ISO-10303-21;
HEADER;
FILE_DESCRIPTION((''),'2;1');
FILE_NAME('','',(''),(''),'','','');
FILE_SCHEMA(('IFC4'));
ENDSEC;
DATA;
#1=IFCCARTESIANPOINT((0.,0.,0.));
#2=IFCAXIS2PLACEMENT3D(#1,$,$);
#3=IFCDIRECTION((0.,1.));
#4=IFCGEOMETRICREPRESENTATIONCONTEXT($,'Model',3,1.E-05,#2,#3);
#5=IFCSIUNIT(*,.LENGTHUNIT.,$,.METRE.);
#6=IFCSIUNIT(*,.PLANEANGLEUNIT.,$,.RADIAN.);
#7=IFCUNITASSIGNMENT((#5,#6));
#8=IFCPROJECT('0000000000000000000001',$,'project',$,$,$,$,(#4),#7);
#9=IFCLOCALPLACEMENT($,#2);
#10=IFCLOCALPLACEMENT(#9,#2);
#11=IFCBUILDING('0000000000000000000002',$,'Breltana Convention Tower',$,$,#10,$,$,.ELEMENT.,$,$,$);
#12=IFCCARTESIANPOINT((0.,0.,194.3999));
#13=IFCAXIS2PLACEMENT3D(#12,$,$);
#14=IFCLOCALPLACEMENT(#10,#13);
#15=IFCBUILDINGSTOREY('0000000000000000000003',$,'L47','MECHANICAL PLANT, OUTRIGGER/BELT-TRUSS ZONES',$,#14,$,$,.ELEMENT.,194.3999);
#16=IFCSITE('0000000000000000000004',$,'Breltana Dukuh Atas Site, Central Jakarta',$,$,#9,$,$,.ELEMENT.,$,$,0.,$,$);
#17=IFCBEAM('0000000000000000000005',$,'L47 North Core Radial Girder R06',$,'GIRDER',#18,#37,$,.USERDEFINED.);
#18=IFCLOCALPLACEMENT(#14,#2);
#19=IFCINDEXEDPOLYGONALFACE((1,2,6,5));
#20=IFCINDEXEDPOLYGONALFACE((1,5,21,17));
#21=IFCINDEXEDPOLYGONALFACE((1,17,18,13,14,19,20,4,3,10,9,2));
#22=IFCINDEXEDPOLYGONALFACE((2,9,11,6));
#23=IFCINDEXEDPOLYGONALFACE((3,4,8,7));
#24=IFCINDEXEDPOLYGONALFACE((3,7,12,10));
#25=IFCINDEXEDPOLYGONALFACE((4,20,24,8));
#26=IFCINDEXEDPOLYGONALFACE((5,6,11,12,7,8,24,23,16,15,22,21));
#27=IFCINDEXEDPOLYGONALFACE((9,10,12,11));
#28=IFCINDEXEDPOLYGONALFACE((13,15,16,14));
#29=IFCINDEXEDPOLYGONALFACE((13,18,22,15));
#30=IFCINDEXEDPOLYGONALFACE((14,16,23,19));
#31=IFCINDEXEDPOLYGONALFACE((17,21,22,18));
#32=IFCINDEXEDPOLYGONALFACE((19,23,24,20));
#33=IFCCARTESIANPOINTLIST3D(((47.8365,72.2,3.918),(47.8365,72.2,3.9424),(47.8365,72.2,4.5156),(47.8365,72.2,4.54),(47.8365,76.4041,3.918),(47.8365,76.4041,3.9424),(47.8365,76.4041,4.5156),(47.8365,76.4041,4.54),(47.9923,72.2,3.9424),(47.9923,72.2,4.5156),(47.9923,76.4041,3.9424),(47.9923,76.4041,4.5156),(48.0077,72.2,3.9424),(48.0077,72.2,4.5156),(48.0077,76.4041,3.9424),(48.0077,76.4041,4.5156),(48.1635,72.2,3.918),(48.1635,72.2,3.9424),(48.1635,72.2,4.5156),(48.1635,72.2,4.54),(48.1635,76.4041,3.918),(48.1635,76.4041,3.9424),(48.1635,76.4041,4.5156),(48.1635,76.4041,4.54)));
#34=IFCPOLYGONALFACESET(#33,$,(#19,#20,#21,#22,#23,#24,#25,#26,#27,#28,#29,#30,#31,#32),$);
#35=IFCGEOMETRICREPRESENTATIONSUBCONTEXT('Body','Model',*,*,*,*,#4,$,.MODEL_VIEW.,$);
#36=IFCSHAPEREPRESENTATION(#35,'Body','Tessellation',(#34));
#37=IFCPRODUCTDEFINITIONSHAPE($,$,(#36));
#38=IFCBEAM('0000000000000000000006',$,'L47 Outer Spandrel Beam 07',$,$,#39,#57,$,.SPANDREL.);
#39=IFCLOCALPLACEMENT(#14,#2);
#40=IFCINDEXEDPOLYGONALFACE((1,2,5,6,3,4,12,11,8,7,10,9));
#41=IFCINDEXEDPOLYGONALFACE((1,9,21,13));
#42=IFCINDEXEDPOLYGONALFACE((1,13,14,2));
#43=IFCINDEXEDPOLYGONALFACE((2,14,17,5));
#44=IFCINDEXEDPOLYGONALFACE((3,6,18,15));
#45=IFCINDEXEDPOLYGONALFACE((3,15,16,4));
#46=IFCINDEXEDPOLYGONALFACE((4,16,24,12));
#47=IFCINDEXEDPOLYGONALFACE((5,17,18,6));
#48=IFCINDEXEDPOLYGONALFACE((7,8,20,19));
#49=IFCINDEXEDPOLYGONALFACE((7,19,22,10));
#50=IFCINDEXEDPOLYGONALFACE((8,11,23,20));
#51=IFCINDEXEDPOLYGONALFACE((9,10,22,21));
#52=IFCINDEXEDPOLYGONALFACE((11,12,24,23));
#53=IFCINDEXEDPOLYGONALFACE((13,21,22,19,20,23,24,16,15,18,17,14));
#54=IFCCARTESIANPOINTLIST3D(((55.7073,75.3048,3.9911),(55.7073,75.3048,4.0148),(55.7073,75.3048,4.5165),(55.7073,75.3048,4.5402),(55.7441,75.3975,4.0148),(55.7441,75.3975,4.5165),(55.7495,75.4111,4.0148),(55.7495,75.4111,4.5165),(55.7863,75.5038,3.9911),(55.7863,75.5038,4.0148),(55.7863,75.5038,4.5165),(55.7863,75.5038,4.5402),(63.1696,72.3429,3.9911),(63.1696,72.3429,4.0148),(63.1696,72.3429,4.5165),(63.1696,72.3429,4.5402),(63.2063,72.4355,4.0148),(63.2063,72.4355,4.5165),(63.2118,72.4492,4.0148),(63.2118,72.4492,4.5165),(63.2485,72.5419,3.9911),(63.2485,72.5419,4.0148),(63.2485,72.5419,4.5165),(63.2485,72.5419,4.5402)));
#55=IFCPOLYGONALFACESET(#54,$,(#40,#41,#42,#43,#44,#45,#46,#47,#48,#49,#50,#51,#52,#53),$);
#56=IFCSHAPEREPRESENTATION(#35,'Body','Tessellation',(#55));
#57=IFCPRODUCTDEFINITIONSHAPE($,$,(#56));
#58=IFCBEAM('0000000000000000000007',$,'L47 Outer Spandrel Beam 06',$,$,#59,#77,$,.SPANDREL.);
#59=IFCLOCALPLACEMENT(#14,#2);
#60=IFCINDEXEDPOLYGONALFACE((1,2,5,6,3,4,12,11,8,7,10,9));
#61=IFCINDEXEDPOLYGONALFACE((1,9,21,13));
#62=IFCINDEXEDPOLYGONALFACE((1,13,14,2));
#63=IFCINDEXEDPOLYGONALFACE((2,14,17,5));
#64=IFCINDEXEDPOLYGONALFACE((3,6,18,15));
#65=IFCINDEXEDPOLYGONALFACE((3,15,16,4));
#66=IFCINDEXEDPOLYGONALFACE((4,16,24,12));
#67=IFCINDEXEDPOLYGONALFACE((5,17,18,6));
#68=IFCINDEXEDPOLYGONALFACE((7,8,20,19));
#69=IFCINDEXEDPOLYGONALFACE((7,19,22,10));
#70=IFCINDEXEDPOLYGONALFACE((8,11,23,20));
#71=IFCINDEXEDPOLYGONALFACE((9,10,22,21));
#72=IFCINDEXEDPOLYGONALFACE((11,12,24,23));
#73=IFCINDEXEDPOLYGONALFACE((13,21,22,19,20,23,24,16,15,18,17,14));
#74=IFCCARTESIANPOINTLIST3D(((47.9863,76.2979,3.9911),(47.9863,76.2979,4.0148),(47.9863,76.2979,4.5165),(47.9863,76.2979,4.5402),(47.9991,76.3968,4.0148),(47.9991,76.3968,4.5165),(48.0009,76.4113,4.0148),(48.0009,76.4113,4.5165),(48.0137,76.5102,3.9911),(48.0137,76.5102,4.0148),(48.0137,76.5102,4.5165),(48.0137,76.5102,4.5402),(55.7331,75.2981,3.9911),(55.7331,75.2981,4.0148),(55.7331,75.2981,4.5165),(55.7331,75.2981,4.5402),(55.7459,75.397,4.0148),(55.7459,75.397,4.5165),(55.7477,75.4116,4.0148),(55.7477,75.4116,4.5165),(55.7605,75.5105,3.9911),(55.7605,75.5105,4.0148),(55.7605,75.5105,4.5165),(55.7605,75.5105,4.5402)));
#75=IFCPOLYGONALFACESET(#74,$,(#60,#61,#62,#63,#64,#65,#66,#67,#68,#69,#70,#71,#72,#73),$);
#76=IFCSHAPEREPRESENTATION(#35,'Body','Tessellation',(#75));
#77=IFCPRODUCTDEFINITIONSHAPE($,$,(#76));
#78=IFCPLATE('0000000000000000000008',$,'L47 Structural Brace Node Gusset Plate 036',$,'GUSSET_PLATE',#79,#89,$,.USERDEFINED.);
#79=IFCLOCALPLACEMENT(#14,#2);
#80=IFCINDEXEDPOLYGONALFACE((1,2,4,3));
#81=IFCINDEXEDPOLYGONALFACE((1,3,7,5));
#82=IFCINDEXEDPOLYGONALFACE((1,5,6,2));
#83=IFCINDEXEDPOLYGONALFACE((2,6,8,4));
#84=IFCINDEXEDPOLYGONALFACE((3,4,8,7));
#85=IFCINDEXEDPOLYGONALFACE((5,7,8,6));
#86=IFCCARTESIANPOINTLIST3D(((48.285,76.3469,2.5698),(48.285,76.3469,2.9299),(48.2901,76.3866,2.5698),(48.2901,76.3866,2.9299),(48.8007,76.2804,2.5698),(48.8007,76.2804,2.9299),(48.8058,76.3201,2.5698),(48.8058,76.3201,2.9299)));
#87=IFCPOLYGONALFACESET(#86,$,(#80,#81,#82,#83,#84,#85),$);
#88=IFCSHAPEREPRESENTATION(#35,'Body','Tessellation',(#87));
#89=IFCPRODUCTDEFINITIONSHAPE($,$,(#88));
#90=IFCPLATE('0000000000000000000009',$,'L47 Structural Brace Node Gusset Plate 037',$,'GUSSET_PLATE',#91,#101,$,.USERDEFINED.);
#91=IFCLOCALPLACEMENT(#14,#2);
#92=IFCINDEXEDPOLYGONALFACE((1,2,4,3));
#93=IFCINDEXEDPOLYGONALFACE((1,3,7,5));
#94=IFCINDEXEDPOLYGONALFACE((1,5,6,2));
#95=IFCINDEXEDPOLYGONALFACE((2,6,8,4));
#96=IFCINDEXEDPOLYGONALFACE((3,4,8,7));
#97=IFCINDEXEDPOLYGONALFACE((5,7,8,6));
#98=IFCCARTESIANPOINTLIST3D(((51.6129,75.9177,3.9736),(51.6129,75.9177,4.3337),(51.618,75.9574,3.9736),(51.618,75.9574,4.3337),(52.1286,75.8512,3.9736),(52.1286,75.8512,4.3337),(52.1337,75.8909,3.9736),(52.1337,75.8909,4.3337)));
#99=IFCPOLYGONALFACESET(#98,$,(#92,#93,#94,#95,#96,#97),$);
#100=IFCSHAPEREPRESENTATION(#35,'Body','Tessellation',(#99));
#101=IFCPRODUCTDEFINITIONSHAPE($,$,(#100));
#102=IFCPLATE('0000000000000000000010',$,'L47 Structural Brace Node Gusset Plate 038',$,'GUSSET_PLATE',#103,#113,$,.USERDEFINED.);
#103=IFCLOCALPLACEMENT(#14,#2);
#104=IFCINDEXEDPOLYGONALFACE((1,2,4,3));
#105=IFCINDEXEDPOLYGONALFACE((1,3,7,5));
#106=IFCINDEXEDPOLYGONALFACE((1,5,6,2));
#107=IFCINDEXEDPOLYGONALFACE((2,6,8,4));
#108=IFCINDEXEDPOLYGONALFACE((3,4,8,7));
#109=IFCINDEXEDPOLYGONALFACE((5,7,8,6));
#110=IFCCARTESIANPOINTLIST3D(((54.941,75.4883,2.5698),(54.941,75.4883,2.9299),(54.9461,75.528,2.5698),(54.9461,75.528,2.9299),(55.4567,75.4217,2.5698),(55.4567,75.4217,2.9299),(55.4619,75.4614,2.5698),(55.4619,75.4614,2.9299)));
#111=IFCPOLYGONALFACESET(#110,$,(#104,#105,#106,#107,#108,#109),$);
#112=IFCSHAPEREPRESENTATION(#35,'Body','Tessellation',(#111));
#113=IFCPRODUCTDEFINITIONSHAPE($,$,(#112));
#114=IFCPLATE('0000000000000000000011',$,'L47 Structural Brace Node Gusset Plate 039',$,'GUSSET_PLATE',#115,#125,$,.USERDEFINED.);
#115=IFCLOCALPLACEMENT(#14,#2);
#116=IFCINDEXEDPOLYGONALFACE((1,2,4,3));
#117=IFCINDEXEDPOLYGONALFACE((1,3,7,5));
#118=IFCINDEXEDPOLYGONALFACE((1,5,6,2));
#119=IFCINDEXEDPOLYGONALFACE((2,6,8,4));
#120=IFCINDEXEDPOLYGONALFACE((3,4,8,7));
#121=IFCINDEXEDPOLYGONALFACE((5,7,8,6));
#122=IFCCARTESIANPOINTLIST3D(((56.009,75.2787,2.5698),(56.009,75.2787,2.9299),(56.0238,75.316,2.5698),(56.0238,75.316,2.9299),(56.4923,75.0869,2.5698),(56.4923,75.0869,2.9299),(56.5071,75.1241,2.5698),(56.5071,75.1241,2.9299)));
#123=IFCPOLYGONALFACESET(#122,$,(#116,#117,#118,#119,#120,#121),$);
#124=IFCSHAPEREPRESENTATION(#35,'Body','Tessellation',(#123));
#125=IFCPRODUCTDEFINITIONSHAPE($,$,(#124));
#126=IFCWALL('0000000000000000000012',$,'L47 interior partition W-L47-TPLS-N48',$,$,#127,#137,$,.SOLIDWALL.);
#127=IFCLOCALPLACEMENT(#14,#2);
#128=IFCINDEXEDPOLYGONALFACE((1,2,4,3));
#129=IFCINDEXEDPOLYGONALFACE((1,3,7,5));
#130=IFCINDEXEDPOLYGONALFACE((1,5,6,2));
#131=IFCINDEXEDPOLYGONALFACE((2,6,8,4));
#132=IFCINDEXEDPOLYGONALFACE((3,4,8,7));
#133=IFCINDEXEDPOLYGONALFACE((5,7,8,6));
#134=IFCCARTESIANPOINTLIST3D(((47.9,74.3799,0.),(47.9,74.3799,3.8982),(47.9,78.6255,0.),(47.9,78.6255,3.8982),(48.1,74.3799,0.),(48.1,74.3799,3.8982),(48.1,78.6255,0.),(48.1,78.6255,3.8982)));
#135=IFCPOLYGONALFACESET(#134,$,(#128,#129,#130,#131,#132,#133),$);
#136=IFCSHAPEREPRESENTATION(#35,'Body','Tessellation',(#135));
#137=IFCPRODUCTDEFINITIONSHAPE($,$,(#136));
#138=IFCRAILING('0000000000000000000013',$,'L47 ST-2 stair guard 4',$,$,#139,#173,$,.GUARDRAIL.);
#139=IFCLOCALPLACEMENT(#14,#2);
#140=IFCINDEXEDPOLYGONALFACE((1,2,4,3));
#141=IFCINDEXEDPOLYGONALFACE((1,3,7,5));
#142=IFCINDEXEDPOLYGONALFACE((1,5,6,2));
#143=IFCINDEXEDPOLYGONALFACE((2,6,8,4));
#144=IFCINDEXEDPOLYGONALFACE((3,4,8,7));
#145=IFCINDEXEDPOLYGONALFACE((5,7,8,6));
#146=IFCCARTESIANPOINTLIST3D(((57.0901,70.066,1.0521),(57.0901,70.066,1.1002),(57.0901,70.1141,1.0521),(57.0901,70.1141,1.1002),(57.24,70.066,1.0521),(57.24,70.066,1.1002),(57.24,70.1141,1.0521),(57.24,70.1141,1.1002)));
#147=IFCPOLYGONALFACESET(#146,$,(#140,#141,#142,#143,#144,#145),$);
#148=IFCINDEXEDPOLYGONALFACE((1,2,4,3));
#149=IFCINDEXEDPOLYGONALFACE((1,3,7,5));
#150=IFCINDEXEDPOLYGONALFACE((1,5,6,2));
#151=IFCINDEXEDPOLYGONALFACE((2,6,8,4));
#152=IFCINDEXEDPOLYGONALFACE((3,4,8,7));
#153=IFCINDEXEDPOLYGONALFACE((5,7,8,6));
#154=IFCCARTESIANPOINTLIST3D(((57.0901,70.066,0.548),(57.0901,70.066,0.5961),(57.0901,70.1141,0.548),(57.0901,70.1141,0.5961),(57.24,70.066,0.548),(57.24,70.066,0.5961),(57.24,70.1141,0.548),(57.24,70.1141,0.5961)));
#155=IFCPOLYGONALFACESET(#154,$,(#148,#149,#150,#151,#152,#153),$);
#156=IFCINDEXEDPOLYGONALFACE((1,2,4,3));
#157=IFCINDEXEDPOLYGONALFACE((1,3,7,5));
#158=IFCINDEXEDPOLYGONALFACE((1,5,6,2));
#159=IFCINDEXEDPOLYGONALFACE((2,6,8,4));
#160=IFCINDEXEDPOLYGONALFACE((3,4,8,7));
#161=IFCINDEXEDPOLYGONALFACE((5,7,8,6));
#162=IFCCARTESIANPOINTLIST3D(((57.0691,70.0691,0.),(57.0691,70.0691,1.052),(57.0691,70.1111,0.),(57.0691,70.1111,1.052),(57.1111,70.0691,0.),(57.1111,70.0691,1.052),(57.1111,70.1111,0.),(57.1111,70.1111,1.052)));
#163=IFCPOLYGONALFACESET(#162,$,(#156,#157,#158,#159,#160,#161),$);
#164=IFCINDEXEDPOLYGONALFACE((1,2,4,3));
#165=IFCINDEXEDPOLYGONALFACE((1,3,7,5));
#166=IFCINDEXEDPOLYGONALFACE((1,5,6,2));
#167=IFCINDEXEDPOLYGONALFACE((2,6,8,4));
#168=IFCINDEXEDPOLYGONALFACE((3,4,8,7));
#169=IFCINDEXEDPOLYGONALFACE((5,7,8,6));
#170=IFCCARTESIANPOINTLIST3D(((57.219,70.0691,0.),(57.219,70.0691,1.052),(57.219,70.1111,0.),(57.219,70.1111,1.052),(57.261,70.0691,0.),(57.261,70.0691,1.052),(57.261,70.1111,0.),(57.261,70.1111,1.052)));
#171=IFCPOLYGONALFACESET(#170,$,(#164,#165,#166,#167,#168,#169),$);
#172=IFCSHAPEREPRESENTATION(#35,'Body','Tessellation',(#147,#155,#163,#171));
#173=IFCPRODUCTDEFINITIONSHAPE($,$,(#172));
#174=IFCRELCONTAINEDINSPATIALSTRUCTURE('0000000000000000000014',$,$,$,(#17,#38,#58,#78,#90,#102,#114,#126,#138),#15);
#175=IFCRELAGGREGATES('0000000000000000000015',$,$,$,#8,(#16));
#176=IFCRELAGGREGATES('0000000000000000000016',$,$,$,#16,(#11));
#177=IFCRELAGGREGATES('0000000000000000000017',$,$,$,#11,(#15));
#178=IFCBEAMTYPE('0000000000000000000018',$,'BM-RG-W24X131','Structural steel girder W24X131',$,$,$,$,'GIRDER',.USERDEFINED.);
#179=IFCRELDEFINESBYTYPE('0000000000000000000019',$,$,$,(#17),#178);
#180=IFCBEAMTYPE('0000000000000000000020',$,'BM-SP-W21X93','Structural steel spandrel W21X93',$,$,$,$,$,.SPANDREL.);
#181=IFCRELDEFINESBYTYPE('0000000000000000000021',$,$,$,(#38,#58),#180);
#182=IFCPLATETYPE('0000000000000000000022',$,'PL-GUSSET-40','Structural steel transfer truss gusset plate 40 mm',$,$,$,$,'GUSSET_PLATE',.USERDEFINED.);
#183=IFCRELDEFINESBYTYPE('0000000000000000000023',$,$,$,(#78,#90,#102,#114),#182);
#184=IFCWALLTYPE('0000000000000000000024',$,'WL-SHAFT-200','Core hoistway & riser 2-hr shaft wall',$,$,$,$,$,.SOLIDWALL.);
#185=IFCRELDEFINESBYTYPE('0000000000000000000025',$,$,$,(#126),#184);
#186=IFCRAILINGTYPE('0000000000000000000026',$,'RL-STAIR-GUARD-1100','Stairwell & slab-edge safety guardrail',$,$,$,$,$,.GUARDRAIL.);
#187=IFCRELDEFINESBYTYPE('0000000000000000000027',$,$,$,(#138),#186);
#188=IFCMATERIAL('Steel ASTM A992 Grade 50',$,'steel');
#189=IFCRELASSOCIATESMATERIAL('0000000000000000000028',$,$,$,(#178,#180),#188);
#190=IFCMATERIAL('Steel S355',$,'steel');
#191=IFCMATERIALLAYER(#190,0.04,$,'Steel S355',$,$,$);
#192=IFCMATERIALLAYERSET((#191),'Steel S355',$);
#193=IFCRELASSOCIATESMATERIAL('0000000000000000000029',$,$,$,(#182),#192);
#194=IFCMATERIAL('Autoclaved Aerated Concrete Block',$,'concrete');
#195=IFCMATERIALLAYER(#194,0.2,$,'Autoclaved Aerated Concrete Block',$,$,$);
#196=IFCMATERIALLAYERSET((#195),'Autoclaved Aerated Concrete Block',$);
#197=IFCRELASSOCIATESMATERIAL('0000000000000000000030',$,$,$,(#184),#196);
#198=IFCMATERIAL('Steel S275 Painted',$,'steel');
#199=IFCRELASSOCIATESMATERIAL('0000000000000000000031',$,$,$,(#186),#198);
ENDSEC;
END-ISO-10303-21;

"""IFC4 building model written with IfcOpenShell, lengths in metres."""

from ifc_helpers import new_model, si_unit, direction, frame, frame_2d, origin, origin_2d, place, context, subcontext, project, spatial, rectangle, i_section, extrude, source, transform, mapped, material, layer, layer_set, material_profile, profile_set, type_object, element, save


model = new_model("IFC4")

# Units and contexts
model_context = context("Model", 3, precision=1e-05, world=origin(), true_north=direction((0.0, 1.0)))
body_context = subcontext(model_context, "Body", "Model", "MODEL_VIEW")
ifc_project = project(units=[si_unit("LENGTHUNIT", "METRE"), si_unit("PLANEANGLEUNIT", "RADIAN")], contexts=[model_context])

# Site, building, storey
site_placement = place(None, origin())
site = spatial("IfcSite", under=ifc_project, at=site_placement, Name="Breltana Dukuh Atas Site, Central Jakarta", CompositionType="ELEMENT", RefElevation=0.0)
building_placement = place(site_placement, origin())
building = spatial("IfcBuilding", under=site, at=building_placement, Name="Breltana Convention Tower", CompositionType="ELEMENT")
storey_placement = place(building_placement, frame((0.0, 0.0, 194.3999)))
storey = spatial("IfcBuildingStorey", under=building, at=storey_placement, Name="L47", Description="MECHANICAL PLANT, OUTRIGGER/BELT-TRUSS ZONES", CompositionType="ELEMENT", Elevation=194.3999)

# Shared definitions
ifc_material_1 = material(Name="Steel ASTM A992 Grade 50", Category="steel")

# Beams
ifc_material_profile_1 = material_profile(ifc_material_1, i_section(OverallWidth=0.3269, OverallDepth=0.6221, WebThickness=0.0154, FlangeThickness=0.0244, at=origin_2d()), Name="W24X131")
ifc_profile_set_1 = profile_set([ifc_material_profile_1], Name="Steel ASTM A992 Grade 50")
beam_type_1 = type_object("IfcBeamType", Name="BM-RG-W24X131", Description="Structural steel girder W24X131", ElementType="GIRDER", PredefinedType="USERDEFINED", material=ifc_profile_set_1)
shared_shape_1 = source(origin(), body_context, "Body", "SweptSolid", [
    extrude(i_section(OverallWidth=0.3269, OverallDepth=0.6221, WebThickness=0.0154, FlangeThickness=0.0244, at=origin_2d()), origin(), (0.0, 0.0, 1.0), 4.2041),
])
beam_1_placement = place(storey_placement, frame((48.0, 72.2, 4.229), z_axis=(0.0, 1.0, 0.0), x_axis=(-1.0, 0.0, 0.0)))
element("IfcBeam", 1, at=beam_1_placement, inside=storey, type_object=beam_type_1, Name="L47 North Core Radial Girder R06", ObjectType="GIRDER", PredefinedType="USERDEFINED", context=body_context, shape_type="MappedRepresentation", body=[
    mapped(shared_shape_1, transform((0.0, 0.0, 0.0), scale=1.0)),
])
ifc_material_profile_2 = material_profile(ifc_material_1, i_section(OverallWidth=0.2141, OverallDepth=0.5491, WebThickness=0.0146, FlangeThickness=0.0237, at=origin_2d()), Name="W21X93")
ifc_profile_set_2 = profile_set([ifc_material_profile_2], Name="Steel ASTM A992 Grade 50")
beam_type_2 = type_object("IfcBeamType", Name="BM-SP-W21X93", Description="Structural steel spandrel W21X93", PredefinedType="SPANDREL", material=ifc_profile_set_2)
shared_shape_2 = source(origin(), body_context, "Body", "SweptSolid", [
    extrude(i_section(OverallWidth=0.2141, OverallDepth=0.5491, WebThickness=0.0146, FlangeThickness=0.0237, at=origin_2d()), origin(), (0.0, 0.0, 1.0), 8.0286),
])
beam_2_placement = place(storey_placement, frame((55.7468, 75.4043, 4.2656), z_axis=(0.929459, -0.368925, 0.0), x_axis=(0.368925, 0.929459, 0.0)))
element("IfcBeam", 2, at=beam_2_placement, inside=storey, type_object=beam_type_2, Name="L47 Outer Spandrel Beam 07", PredefinedType="SPANDREL", context=body_context, shape_type="MappedRepresentation", body=[
    mapped(shared_shape_2, transform((0.0, 0.0, 0.0), scale=1.0)),
])
shared_shape_3 = source(origin(), body_context, "Body", "SweptSolid", [
    extrude(i_section(OverallWidth=0.2141, OverallDepth=0.5491, WebThickness=0.0146, FlangeThickness=0.0237, at=origin_2d()), origin(), (0.0, 0.0, 1.0), 7.811),
])
beam_3_placement = place(storey_placement, frame((48.0, 76.4041, 4.2656), z_axis=(0.991775, -0.127992, 0.0), x_axis=(0.127992, 0.991775, 0.0)))
element("IfcBeam", 3, at=beam_3_placement, inside=storey, type_object=beam_type_2, Name="L47 Outer Spandrel Beam 06", PredefinedType="SPANDREL", context=body_context, shape_type="MappedRepresentation", body=[
    mapped(shared_shape_3, transform((0.0, 0.0, 0.0), scale=1.0)),
])

# Plates
ifc_material_2 = material(Name="Steel S355", Category="steel")
ifc_layer_1 = layer(ifc_material_2, 0.04, Name="Steel S355")
ifc_layer_set_1 = layer_set([ifc_layer_1], Name="Steel S355")
plate_type = type_object("IfcPlateType", Name="PL-GUSSET-40", Description="Structural steel transfer truss gusset plate 40 mm", ElementType="GUSSET_PLATE", PredefinedType="USERDEFINED", material=ifc_layer_set_1)
shared_shape_4 = source(origin(), body_context, "Body", "SweptSolid", [
    extrude(rectangle(XDim=0.52, YDim=0.04, at=origin_2d()), origin(), (0.0, 0.0, 1.0), 0.3601),
])
for number, where, z_axis, x_axis, name in (
    (4, (48.5454, 76.3335, 2.5698), (0.0, 0.0, 1.0), (0.991783, -0.12793, 0.0), "L47 Structural Brace Node Gusset Plate 036"),
    (5, (51.8733, 75.9043, 3.9736), (0.0, 0.0, 1.0), (0.991783, -0.12793, 0.0), "L47 Structural Brace Node Gusset Plate 037"),
    (6, (55.2014, 75.4749, 2.5698), (0.0, 0.0, 1.0), (0.991783, -0.12793, 0.0), "L47 Structural Brace Node Gusset Plate 038"),
    (7, (56.2581, 75.2014, 2.5698), (0.0, 0.0, 1.0), (0.929455, -0.368936, 0.0), "L47 Structural Brace Node Gusset Plate 039"),
):
    element("IfcPlate", number, at=place(storey_placement, frame(where, z_axis=z_axis, x_axis=x_axis)), inside=storey, type_object=plate_type, Name=name, ObjectType="GUSSET_PLATE", PredefinedType="USERDEFINED", context=body_context, shape_type="MappedRepresentation", body=[
        mapped(shared_shape_4, transform((0.0, 0.0, 0.0), scale=1.0)),
    ])

# Wall
ifc_material_3 = material(Name="Autoclaved Aerated Concrete Block", Category="concrete")
ifc_layer_2 = layer(ifc_material_3, 0.2, Name="Autoclaved Aerated Concrete Block")
ifc_layer_set_2 = layer_set([ifc_layer_2], Name="Autoclaved Aerated Concrete Block")
wall_type = type_object("IfcWallType", Name="WL-SHAFT-200", Description="Core hoistway & riser 2-hr shaft wall", PredefinedType="SOLIDWALL", material=ifc_layer_set_2)
shared_shape_5 = source(origin(), body_context, "Body", "SweptSolid", [
    extrude(rectangle(XDim=4.2456, YDim=0.2, at=frame_2d((2.1228, 0.0))), origin(), (0.0, 0.0, 1.0), 3.8982),
])
wall_placement = place(storey_placement, frame((48.0, 74.3799, 0.0), z_axis=(0.0, 0.0, 1.0), x_axis=(0.0, 1.0, 0.0)))
element("IfcWall", 8, at=wall_placement, inside=storey, type_object=wall_type, Name="L47 interior partition W-L47-TPLS-N48", PredefinedType="SOLIDWALL", context=body_context, shape_type="MappedRepresentation", body=[
    mapped(shared_shape_5, transform((0.0, 0.0, 0.0), scale=1.0)),
])

# Railing
ifc_material_4 = material(Name="Steel S275 Painted", Category="steel")
railing_type_1 = type_object("IfcRailingType", Name="RL-STAIR-GUARD-1100", Description="Stairwell & slab-edge safety guardrail", PredefinedType="GUARDRAIL", material=ifc_material_4)
railing_1_placement = place(storey_placement, frame((57.0901, 70.0901, 0.0)))
element("IfcRailing", 9, at=railing_1_placement, inside=storey, type_object=railing_type_1, Name="L47 ST-2 stair guard 4", PredefinedType="GUARDRAIL", context=body_context, shape_type="SweptSolid", body=[
    extrude(rectangle(XDim=0.0481, YDim=0.0481, at=origin_2d()), frame((0.0, 0.0, 1.0762), z_axis=(1.0, 0.0, 0.0), x_axis=(0.0, 1.0, 0.0)), (0.0, 0.0, 1.0), 0.1499),
    extrude(rectangle(XDim=0.0481, YDim=0.0481, at=origin_2d()), frame((0.0, 0.0, 0.572), z_axis=(1.0, 0.0, 0.0), x_axis=(0.0, 1.0, 0.0)), (0.0, 0.0, 1.0), 0.1499),
    extrude(rectangle(XDim=0.042, YDim=0.042, at=origin_2d()), origin(), (0.0, 0.0, 1.0), 1.052),
    extrude(rectangle(XDim=0.042, YDim=0.042, at=origin_2d()), frame((0.1499, 0.0, 0.0)), (0.0, 0.0, 1.0), 1.052),
])

save(model, "model.ifc")
